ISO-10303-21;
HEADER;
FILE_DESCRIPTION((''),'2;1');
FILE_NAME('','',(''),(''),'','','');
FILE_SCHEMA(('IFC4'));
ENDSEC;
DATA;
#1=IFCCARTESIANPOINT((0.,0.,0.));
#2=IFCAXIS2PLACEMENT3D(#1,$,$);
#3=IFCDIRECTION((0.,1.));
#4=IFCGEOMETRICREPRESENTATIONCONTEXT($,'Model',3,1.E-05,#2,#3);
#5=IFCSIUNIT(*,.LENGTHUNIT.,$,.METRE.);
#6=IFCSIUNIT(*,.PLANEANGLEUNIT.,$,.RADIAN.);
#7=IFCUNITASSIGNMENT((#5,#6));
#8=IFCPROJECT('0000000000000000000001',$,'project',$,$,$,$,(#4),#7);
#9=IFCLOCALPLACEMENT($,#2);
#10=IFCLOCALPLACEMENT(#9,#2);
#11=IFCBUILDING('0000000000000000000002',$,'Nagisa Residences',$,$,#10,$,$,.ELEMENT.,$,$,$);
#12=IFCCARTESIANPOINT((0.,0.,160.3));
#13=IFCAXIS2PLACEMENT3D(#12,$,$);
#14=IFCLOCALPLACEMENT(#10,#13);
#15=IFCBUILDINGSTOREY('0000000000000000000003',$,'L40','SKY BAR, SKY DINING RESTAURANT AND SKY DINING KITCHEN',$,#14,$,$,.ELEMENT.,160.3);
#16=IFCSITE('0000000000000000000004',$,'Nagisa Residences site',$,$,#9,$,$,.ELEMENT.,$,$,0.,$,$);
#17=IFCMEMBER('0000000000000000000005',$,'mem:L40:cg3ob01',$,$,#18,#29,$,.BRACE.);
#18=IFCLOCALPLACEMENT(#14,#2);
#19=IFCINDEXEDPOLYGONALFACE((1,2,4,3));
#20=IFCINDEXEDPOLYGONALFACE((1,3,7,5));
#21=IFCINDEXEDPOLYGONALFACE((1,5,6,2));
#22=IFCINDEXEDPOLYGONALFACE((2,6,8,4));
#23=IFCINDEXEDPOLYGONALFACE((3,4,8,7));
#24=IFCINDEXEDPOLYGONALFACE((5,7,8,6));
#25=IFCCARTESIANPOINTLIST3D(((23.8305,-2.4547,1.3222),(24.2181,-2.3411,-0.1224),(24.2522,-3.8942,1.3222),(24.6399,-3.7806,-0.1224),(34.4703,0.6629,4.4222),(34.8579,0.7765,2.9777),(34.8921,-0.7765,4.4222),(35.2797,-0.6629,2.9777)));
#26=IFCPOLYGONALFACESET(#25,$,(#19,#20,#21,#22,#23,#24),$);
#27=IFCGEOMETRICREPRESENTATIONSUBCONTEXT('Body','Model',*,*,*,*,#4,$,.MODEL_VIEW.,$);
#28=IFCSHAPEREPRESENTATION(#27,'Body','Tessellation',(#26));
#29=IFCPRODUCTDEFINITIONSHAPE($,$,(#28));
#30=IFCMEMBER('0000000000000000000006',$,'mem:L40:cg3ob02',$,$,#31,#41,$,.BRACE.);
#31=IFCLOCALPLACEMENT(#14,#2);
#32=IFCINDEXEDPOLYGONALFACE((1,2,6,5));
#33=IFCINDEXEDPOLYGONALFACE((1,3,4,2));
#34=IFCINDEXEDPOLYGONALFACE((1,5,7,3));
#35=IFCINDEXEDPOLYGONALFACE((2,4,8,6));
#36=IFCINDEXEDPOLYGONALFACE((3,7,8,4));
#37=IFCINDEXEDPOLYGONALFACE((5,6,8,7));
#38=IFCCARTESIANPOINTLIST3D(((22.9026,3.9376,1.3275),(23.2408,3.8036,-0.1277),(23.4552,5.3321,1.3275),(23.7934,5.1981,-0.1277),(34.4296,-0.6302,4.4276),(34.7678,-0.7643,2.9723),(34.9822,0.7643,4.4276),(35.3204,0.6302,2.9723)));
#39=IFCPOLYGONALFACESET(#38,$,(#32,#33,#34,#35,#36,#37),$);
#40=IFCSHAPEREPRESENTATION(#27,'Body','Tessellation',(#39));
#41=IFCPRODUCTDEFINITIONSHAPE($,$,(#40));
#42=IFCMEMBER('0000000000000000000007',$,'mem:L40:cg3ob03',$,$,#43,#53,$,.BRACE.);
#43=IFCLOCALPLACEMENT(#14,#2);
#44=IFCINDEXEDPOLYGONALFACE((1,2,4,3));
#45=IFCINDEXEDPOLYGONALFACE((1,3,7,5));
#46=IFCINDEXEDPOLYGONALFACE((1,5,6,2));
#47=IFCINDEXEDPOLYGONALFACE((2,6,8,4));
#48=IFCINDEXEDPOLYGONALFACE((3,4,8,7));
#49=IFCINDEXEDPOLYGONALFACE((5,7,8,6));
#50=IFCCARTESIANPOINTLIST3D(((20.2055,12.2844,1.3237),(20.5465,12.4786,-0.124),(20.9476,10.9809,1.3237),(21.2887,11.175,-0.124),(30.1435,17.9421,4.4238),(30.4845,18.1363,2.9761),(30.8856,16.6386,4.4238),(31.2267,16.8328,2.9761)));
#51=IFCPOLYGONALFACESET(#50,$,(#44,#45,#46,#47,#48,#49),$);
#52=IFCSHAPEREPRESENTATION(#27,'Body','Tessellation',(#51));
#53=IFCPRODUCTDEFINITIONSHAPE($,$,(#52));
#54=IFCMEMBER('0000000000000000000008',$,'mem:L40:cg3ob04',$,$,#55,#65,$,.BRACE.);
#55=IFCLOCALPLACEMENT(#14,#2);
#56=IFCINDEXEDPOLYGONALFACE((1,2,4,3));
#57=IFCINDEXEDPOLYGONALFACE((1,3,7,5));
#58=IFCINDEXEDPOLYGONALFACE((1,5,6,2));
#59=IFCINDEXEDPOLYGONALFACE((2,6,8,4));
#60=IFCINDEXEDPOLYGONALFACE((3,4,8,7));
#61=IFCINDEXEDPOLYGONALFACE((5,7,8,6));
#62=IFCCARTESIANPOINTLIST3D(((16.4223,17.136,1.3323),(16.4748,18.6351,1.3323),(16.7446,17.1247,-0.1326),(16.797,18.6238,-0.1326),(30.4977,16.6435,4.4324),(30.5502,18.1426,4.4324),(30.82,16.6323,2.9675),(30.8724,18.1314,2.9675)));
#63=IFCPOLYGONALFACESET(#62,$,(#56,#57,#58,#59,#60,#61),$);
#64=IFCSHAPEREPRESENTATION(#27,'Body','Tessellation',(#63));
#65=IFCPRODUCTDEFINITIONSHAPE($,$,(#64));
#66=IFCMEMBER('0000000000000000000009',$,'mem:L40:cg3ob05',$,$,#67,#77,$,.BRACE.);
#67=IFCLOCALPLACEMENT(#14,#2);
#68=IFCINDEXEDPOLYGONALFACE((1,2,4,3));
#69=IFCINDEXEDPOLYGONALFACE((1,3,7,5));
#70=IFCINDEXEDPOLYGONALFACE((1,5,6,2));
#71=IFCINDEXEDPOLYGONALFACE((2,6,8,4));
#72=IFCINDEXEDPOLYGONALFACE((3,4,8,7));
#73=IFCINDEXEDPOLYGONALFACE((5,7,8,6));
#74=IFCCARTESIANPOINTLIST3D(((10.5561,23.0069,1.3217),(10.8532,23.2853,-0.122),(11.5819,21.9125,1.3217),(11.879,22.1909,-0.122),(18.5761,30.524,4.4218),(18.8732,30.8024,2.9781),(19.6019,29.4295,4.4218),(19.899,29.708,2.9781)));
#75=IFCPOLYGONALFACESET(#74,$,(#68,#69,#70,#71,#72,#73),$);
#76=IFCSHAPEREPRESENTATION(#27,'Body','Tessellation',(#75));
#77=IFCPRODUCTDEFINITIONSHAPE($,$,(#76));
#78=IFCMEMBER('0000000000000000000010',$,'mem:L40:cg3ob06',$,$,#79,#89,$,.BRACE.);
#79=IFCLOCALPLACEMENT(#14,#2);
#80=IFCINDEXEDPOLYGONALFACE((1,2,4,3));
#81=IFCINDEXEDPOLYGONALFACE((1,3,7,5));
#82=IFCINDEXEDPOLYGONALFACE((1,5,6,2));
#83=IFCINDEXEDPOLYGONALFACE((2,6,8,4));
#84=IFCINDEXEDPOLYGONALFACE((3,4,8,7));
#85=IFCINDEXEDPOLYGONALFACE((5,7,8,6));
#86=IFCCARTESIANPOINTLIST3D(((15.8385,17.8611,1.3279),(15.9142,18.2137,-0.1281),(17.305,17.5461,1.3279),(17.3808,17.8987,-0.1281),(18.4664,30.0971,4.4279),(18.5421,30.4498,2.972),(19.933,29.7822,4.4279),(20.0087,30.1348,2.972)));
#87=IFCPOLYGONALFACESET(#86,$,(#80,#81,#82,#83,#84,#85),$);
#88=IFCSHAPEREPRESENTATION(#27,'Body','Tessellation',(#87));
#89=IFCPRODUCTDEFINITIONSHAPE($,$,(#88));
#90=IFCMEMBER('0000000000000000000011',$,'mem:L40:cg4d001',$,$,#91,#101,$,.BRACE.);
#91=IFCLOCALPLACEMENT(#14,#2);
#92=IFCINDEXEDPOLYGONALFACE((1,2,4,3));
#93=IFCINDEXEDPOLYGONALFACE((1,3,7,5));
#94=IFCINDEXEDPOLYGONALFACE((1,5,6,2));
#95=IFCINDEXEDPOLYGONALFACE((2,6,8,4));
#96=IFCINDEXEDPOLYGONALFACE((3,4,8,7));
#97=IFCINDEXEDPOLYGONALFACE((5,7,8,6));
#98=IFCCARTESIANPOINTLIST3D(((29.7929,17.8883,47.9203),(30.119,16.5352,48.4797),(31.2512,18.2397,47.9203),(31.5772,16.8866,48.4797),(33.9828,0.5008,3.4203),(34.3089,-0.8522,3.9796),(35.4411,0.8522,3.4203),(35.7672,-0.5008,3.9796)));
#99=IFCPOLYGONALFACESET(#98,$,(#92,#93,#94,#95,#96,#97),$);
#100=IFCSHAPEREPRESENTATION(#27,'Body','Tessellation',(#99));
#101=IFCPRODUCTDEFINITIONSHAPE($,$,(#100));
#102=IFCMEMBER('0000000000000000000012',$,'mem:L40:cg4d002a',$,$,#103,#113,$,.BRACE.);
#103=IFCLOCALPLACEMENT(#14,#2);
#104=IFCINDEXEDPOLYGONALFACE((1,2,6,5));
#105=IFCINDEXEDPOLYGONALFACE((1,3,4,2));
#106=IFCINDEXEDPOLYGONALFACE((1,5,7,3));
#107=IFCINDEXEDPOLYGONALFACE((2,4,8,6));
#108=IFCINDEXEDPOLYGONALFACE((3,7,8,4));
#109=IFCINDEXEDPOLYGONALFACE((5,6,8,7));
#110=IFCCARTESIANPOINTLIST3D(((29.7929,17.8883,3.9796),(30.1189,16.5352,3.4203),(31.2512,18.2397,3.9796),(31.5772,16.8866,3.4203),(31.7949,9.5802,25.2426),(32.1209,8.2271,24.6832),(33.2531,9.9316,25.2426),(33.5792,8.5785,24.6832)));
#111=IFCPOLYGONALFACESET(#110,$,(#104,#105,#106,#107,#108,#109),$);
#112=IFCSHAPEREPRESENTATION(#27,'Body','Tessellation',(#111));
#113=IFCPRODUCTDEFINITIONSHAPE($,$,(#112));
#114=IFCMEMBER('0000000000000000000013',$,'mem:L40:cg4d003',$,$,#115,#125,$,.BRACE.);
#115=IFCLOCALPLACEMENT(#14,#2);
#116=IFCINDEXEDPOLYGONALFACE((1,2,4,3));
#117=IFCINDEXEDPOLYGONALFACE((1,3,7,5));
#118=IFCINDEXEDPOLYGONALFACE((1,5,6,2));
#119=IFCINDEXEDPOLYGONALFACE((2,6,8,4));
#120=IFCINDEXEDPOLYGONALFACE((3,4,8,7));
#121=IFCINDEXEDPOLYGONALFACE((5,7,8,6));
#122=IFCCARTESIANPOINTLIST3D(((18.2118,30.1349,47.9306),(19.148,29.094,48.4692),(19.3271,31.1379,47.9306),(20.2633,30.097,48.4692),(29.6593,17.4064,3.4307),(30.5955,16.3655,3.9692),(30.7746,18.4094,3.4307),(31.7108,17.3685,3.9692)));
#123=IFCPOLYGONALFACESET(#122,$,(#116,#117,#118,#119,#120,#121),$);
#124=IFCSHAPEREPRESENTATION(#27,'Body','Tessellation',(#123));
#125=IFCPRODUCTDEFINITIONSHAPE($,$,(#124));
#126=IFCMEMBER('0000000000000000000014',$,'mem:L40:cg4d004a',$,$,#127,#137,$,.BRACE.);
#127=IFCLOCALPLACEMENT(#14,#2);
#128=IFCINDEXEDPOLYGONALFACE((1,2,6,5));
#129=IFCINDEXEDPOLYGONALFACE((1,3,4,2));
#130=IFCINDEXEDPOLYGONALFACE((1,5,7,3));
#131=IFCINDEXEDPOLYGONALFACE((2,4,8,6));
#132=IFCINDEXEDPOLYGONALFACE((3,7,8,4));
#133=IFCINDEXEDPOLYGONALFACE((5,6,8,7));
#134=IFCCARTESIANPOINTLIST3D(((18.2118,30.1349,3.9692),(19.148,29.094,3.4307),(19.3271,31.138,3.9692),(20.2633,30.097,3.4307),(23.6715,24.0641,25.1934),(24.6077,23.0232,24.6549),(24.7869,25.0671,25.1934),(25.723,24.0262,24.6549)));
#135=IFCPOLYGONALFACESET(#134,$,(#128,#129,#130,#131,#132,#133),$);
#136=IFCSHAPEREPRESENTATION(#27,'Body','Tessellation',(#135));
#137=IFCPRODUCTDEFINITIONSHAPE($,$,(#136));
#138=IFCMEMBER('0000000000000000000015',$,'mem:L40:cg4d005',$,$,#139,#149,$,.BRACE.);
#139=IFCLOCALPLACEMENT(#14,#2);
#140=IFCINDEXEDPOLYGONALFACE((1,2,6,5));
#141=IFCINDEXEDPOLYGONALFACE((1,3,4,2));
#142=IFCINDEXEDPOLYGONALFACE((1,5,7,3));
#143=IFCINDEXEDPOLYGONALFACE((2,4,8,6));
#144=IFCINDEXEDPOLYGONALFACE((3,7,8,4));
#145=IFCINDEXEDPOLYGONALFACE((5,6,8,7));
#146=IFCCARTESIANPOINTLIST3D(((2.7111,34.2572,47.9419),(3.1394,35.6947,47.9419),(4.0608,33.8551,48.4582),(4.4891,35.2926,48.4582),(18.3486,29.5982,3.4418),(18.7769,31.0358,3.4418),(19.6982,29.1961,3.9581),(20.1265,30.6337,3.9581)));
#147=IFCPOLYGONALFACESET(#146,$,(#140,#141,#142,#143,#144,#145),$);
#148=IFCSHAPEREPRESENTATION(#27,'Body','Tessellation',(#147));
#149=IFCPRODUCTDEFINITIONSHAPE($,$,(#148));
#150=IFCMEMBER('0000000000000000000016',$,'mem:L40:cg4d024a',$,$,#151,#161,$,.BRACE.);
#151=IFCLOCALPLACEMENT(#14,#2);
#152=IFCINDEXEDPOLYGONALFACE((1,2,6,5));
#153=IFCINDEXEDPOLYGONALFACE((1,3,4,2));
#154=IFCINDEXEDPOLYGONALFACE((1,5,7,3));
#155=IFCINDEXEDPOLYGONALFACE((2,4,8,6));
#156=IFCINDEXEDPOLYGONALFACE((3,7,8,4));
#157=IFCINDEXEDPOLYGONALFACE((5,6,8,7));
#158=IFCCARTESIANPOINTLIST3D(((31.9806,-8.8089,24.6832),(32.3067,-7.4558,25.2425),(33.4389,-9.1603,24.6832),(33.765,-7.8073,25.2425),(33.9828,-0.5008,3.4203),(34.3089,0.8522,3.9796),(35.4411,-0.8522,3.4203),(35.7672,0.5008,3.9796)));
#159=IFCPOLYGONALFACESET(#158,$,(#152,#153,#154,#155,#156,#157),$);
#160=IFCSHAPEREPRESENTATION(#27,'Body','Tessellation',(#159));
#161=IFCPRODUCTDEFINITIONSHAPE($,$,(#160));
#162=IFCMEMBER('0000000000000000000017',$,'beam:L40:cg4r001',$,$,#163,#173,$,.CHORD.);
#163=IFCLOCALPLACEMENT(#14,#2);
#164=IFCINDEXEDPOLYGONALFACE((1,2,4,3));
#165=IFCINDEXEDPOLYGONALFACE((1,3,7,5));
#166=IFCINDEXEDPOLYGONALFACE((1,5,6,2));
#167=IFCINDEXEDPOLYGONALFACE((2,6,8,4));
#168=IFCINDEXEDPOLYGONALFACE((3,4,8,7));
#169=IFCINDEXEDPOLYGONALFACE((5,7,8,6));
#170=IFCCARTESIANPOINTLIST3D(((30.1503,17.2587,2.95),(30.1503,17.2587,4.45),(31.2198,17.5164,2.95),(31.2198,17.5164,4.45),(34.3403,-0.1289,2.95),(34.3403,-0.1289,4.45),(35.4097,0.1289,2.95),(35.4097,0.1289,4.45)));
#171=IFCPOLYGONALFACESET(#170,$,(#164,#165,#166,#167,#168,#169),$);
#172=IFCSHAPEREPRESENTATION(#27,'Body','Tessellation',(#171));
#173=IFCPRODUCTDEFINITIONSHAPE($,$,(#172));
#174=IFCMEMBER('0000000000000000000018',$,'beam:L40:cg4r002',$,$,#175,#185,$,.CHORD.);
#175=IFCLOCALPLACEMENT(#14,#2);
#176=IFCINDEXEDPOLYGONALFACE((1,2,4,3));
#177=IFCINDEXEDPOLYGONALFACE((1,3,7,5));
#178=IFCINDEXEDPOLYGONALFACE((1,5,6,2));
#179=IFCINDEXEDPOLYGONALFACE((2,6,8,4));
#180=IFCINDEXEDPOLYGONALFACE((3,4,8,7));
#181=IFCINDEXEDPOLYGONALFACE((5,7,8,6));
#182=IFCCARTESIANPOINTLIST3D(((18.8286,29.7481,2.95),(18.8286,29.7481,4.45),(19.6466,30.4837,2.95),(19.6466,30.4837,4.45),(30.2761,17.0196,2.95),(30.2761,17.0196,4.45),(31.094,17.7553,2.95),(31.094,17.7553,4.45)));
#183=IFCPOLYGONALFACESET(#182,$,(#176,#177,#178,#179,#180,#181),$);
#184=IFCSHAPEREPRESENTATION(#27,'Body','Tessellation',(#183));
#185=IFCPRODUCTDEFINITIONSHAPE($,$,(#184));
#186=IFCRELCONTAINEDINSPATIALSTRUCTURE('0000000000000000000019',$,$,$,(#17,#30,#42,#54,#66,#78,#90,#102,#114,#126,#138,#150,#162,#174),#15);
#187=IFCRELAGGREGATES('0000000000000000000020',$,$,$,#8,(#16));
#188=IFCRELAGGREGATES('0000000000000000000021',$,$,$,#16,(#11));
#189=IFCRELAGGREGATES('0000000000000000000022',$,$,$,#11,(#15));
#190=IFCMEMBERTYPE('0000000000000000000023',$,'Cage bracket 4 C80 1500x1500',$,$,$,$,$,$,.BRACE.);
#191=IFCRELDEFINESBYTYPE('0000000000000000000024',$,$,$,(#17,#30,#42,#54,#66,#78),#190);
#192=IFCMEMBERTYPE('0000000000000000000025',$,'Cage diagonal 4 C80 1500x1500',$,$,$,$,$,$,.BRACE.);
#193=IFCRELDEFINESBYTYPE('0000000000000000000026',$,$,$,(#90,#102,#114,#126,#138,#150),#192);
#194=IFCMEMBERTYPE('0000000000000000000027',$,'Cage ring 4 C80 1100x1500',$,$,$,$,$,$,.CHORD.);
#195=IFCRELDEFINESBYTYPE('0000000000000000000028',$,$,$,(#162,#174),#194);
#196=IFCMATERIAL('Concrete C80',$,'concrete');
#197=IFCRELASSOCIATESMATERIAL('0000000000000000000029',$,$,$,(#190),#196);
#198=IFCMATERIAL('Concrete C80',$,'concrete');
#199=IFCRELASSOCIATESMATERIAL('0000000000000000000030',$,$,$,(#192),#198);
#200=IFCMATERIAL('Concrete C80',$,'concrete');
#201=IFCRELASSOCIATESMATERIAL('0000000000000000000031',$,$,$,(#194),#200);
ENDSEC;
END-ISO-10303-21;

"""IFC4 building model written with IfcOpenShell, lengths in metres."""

from ifc_helpers import new_model, si_unit, direction, frame, origin, origin_2d, place, context, subcontext, project, spatial, rectangle, extrude, material, material_profile, profile_set, type_object, element, save


model = new_model("IFC4")

# Units and contexts
model_context = context("Model", 3, precision=1e-05, world=origin(), true_north=direction((0.0, 1.0)))
body_context = subcontext(model_context, "Body", "Model", "MODEL_VIEW")
ifc_project = project(units=[si_unit("LENGTHUNIT", "METRE"), si_unit("PLANEANGLEUNIT", "RADIAN")], contexts=[model_context])

# Site, building, storey
site_placement = place(None, origin())
site = spatial("IfcSite", under=ifc_project, at=site_placement, Name="Nagisa Residences site", CompositionType="ELEMENT", RefElevation=0.0)
building_placement = place(site_placement, origin())
building = spatial("IfcBuilding", under=site, at=building_placement, Name="Nagisa Residences", CompositionType="ELEMENT")
storey_placement = place(building_placement, frame((0.0, 0.0, 160.3)))
storey = spatial("IfcBuildingStorey", under=building, at=storey_placement, Name="L40", Description="SKY BAR, SKY DINING RESTAURANT AND SKY DINING KITCHEN", CompositionType="ELEMENT", Elevation=160.3)

# Members
ifc_material_1 = material(Name="Concrete C80", Category="concrete")
ifc_material_profile_1 = material_profile(ifc_material_1, rectangle(XDim=1.5, YDim=1.5, at=origin_2d()), Name="C80 1500x1500")
ifc_profile_set_1 = profile_set([ifc_material_profile_1], Name="Concrete C80")
member_type_1 = type_object("IfcMemberType", Name="Cage bracket 4 C80 1500x1500", PredefinedType="BRACE", material=ifc_profile_set_1)
member_1_placement = place(storey_placement, frame((34.875, 0.0, 3.7), z_axis=(-0.924203, -0.270808, -0.269281), x_axis=(0.281195, -0.959651, 0.0)))
element("IfcMember", 1, at=member_1_placement, inside=storey, type_object=member_type_1, Name="mem:L40:cg3ob01", PredefinedType="BRACE", context=body_context, shape_type="SweptSolid", body=[
    extrude(rectangle(XDim=1.5, YDim=1.5, at=origin_2d()), origin(), (0.0, 0.0, 1.0), 11.5125),
])
member_2_placement = place(storey_placement, frame((34.875, 0.0, 3.7), z_axis=(-0.901904, 0.3574, -0.242558), x_axis=(-0.368401, -0.929667, 0.0)))
element("IfcMember", 2, at=member_2_placement, inside=storey, type_object=member_type_1, Name="mem:L40:cg3ob02", PredefinedType="BRACE", context=body_context, shape_type="SweptSolid", body=[
    extrude(rectangle(XDim=1.5, YDim=1.5, at=origin_2d()), origin(), (0.0, 0.0, 1.0), 12.7808),
])
member_3_placement = place(storey_placement, frame((30.6851, 17.3875, 3.7), z_axis=(-0.838764, -0.47751, -0.261648), x_axis=(0.494745, -0.869038, 0.0)))
element("IfcMember", 3, at=member_3_placement, inside=storey, type_object=member_type_1, Name="mem:L40:cg3ob03", PredefinedType="BRACE", context=body_context, shape_type="SweptSolid", body=[
    extrude(rectangle(XDim=1.5, YDim=1.5, at=origin_2d()), origin(), (0.0, 0.0, 1.0), 11.8484),
])
member_4_placement = place(storey_placement, frame((30.6851, 17.3875, 3.7), z_axis=(-0.976024, 0.034146, -0.214968), x_axis=(-0.034964, -0.999389, 0.0)))
element("IfcMember", 4, at=member_4_placement, inside=storey, type_object=member_type_1, Name="mem:L40:cg3ob04", PredefinedType="BRACE", context=body_context, shape_type="SweptSolid", body=[
    extrude(rectangle(XDim=1.5, YDim=1.5, at=origin_2d()), origin(), (0.0, 0.0, 1.0), 14.4211),
])
member_5_placement = place(storey_placement, frame((19.2375, 30.116, 3.7), z_axis=(-0.70222, -0.658185, -0.27144), x_axis=(0.68386, -0.729613, 0.0)))
element("IfcMember", 5, at=member_5_placement, inside=storey, type_object=member_type_1, Name="mem:L40:cg3ob05", PredefinedType="BRACE", context=body_context, shape_type="SweptSolid", body=[
    extrude(rectangle(XDim=1.5, YDim=1.5, at=origin_2d()), origin(), (0.0, 0.0, 1.0), 11.4209),
])
member_6_placement = place(storey_placement, frame((19.2375, 30.116, 3.7), z_axis=(-0.203821, -0.949023, -0.240442), x_axis=(0.977706, -0.209981, 0.0)))
element("IfcMember", 6, at=member_6_placement, inside=storey, type_object=member_type_1, Name="mem:L40:cg3ob06", PredefinedType="BRACE", context=body_context, shape_type="SweptSolid", body=[
    extrude(rectangle(XDim=1.5, YDim=1.5, at=origin_2d()), origin(), (0.0, 0.0, 1.0), 12.8933),
])
ifc_material_2 = material(Name="Concrete C80", Category="concrete")
ifc_material_profile_2 = material_profile(ifc_material_2, rectangle(XDim=1.5, YDim=1.5, at=origin_2d()), Name="C80 1500x1500")
ifc_profile_set_2 = profile_set([ifc_material_profile_2], Name="Concrete C80")
member_type_2 = type_object("IfcMemberType", Name="Cage diagonal 4 C80 1500x1500", PredefinedType="BRACE", material=ifc_profile_set_2)
member_7_placement = place(storey_placement, frame((34.875, 0.0, 3.7), z_axis=(-0.087364, 0.362543, 0.927863), x_axis=(-0.972172, -0.234269, 0.0)))
element("IfcMember", 7, at=member_7_placement, inside=storey, type_object=member_type_2, Name="mem:L40:cg4d001", PredefinedType="BRACE", context=body_context, shape_type="SweptSolid", body=[
    extrude(rectangle(XDim=1.5, YDim=1.5, at=origin_2d()), origin(), (0.0, 0.0, 1.0), 47.9597),
])
member_8_placement = place(storey_placement, frame((30.6851, 17.3875, 3.7), z_axis=(0.08736, -0.362545, 0.927863), x_axis=(0.972174, 0.234259, 0.0)))
element("IfcMember", 8, at=member_8_placement, inside=storey, type_object=member_type_2, Name="mem:L40:cg4d002a", PredefinedType="BRACE", context=body_context, shape_type="SweptSolid", body=[
    extrude(rectangle(XDim=1.5, YDim=1.5, at=origin_2d()), origin(), (0.0, 0.0, 1.0), 22.916),
])
member_9_placement = place(storey_placement, frame((30.6851, 17.3875, 3.7), z_axis=(-0.240094, 0.266961, 0.93332), x_axis=(-0.743531, -0.668702, 0.0)))
element("IfcMember", 9, at=member_9_placement, inside=storey, type_object=member_type_2, Name="mem:L40:cg4d003", PredefinedType="BRACE", context=body_context, shape_type="SweptSolid", body=[
    extrude(rectangle(XDim=1.5, YDim=1.5, at=origin_2d()), origin(), (0.0, 0.0, 1.0), 47.6792),
])
member_10_placement = place(storey_placement, frame((19.2375, 30.116, 3.7), z_axis=(0.240089, -0.266961, 0.933322), x_axis=(0.743538, 0.668694, 0.0)))
element("IfcMember", 10, at=member_10_placement, inside=storey, type_object=member_type_2, Name="mem:L40:cg4d004a", PredefinedType="BRACE", context=body_context, shape_type="SweptSolid", body=[
    extrude(rectangle(XDim=1.5, YDim=1.5, at=origin_2d()), origin(), (0.0, 0.0, 1.0), 22.7405),
])
member_11_placement = place(storey_placement, frame((19.2375, 30.116, 3.7), z_axis=(-0.329924, 0.098296, 0.938876), x_axis=(-0.285531, -0.958369, 0.0)))
element("IfcMember", 11, at=member_11_placement, inside=storey, type_object=member_type_2, Name="mem:L40:cg4d005", PredefinedType="BRACE", context=body_context, shape_type="SweptSolid", body=[
    extrude(rectangle(XDim=1.5, YDim=1.5, at=origin_2d()), origin(), (0.0, 0.0, 1.0), 47.3972),
])
member_12_placement = place(storey_placement, frame((34.875, 0.0, 3.7), z_axis=(-0.087371, -0.362545, 0.927862), x_axis=(0.972168, -0.234286, 0.0)))
element("IfcMember", 12, at=member_12_placement, inside=storey, type_object=member_type_2, Name="mem:L40:cg4d024a", PredefinedType="BRACE", context=body_context, shape_type="SweptSolid", body=[
    extrude(rectangle(XDim=1.5, YDim=1.5, at=origin_2d()), origin(), (0.0, 0.0, 1.0), 22.916),
])
ifc_material_3 = material(Name="Concrete C80", Category="concrete")
ifc_material_profile_3 = material_profile(ifc_material_3, rectangle(XDim=1.1001, YDim=1.5, at=origin_2d()), Name="C80 1100x1500")
ifc_profile_set_3 = profile_set([ifc_material_profile_3], Name="Concrete C80")
member_type_3 = type_object("IfcMemberType", Name="Cage ring 4 C80 1100x1500", PredefinedType="CHORD", material=ifc_profile_set_3)
member_13_placement = place(storey_placement, frame((34.875, 0.0, 3.7), z_axis=(-0.234269, 0.972172, 0.0), x_axis=(-0.972172, -0.234269, 0.0)))
element("IfcMember", 13, at=member_13_placement, inside=storey, type_object=member_type_3, Name="beam:L40:cg4r001", PredefinedType="CHORD", context=body_context, shape_type="SweptSolid", body=[
    extrude(rectangle(XDim=1.1001, YDim=1.5, at=origin_2d()), origin(), (0.0, 0.0, 1.0), 17.8853),
])
member_14_placement = place(storey_placement, frame((30.6851, 17.3875, 3.7), z_axis=(-0.668702, 0.743531, 0.0), x_axis=(-0.743531, -0.668702, 0.0)))
element("IfcMember", 14, at=member_14_placement, inside=storey, type_object=member_type_3, Name="beam:L40:cg4r002", PredefinedType="CHORD", context=body_context, shape_type="SweptSolid", body=[
    extrude(rectangle(XDim=1.1001, YDim=1.5, at=origin_2d()), origin(), (0.0, 0.0, 1.0), 17.1189),
])

save(model, "model.ifc")
